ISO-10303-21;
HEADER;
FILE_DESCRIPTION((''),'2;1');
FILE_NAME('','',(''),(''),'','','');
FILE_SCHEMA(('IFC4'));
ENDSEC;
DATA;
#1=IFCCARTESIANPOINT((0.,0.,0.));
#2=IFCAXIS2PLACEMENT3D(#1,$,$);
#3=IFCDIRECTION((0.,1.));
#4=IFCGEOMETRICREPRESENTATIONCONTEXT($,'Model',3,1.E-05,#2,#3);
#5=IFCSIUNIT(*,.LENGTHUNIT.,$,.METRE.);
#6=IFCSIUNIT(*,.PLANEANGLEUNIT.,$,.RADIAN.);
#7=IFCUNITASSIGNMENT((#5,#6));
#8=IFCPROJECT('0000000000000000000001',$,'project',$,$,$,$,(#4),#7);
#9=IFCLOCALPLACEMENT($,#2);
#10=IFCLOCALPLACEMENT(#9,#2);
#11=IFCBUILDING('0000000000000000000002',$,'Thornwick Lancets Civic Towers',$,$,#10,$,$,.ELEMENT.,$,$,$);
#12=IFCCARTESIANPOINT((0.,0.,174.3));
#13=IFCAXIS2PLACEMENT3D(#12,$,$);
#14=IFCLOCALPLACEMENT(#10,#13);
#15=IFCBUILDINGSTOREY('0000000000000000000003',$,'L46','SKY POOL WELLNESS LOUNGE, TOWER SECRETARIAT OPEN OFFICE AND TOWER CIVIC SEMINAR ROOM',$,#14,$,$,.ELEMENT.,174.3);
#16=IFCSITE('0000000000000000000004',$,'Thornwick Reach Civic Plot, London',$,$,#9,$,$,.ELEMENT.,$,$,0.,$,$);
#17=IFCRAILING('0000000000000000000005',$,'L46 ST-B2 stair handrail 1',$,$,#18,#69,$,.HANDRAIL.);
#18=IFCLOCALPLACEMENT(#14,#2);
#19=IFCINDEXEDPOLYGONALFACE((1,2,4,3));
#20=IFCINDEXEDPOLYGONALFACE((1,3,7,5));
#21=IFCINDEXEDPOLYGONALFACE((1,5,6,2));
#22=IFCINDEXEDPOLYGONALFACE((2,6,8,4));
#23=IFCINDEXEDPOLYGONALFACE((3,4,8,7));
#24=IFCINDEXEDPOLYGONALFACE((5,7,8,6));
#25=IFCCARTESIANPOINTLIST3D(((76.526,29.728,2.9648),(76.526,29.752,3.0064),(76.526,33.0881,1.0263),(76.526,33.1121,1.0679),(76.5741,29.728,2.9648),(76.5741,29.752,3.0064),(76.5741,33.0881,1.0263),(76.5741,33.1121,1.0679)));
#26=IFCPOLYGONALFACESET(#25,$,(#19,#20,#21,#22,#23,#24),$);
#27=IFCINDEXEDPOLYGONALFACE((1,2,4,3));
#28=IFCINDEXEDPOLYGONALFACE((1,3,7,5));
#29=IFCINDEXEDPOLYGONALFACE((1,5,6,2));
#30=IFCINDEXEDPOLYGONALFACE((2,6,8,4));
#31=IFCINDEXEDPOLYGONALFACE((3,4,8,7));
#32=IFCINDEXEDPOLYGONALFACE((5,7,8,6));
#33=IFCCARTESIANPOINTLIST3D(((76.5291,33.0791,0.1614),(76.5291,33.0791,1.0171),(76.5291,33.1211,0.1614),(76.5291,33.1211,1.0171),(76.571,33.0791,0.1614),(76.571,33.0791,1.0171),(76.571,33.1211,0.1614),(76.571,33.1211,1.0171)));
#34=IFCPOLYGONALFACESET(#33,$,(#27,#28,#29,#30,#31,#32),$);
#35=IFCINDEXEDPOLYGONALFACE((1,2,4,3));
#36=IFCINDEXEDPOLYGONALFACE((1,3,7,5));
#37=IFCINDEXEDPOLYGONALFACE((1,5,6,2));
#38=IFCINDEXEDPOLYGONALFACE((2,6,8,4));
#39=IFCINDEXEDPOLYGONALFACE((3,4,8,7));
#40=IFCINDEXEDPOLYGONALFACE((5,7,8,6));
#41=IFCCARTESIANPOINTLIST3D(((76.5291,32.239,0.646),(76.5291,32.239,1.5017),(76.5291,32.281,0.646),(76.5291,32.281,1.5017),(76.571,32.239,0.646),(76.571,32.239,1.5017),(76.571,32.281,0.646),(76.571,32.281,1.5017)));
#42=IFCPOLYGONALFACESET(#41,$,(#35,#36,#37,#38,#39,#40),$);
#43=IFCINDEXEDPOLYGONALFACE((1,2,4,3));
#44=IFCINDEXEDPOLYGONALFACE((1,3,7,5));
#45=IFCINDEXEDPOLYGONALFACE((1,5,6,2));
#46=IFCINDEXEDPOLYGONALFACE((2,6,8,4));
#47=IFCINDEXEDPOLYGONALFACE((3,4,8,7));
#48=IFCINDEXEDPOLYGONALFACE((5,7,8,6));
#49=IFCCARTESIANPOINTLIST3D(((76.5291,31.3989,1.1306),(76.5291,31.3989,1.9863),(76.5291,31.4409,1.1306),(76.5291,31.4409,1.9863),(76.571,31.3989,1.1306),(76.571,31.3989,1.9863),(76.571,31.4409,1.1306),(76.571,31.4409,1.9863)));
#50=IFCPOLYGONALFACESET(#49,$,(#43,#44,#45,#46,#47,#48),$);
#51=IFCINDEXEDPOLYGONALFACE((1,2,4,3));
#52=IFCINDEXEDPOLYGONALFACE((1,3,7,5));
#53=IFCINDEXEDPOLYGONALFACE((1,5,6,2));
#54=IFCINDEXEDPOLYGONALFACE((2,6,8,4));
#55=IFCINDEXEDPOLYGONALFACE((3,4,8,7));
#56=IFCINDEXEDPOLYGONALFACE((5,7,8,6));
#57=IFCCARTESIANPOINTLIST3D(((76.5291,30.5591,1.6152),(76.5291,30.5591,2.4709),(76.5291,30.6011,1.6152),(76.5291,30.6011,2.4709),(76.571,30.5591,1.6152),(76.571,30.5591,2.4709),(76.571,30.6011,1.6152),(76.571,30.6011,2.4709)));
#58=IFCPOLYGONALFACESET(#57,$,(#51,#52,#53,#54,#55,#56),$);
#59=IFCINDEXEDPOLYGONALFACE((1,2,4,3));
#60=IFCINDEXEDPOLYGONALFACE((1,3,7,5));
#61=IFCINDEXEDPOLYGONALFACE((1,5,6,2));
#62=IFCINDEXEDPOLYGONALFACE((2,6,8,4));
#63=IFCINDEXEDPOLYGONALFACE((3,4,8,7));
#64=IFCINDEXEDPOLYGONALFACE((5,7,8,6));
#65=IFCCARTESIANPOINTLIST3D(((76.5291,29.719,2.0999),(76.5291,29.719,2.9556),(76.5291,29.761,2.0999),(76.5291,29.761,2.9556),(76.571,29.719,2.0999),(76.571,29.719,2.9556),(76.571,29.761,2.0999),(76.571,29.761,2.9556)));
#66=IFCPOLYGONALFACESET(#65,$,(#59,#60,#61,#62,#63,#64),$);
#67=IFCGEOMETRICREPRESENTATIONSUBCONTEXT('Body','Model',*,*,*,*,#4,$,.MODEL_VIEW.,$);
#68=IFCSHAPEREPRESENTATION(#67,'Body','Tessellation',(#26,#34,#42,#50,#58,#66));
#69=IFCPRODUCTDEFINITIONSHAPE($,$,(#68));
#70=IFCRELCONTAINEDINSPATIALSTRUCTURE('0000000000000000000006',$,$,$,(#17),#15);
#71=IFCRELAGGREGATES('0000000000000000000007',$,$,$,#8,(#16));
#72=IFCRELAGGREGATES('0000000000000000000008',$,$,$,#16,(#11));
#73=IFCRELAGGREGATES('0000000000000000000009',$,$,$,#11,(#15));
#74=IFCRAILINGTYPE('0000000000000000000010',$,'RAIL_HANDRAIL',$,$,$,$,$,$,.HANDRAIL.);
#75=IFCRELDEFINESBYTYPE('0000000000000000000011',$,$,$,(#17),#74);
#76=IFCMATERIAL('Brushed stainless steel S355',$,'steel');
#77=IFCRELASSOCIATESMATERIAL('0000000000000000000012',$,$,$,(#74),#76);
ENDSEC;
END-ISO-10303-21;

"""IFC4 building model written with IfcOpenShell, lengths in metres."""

from ifc_helpers import new_model, si_unit, direction, frame, origin, origin_2d, place, context, subcontext, project, spatial, rectangle, extrude, material, type_object, element, save


model = new_model("IFC4")

# Units and contexts
model_context = context("Model", 3, precision=1e-05, world=origin(), true_north=direction((0.0, 1.0)))
body_context = subcontext(model_context, "Body", "Model", "MODEL_VIEW")
ifc_project = project(units=[si_unit("LENGTHUNIT", "METRE"), si_unit("PLANEANGLEUNIT", "RADIAN")], contexts=[model_context])

# Site, building, storey
site_placement = place(None, origin())
site = spatial("IfcSite", under=ifc_project, at=site_placement, Name="Thornwick Reach Civic Plot, London", CompositionType="ELEMENT", RefElevation=0.0)
building_placement = place(site_placement, origin())
building = spatial("IfcBuilding", under=site, at=building_placement, Name="Thornwick Lancets Civic Towers", CompositionType="ELEMENT")
storey_placement = place(building_placement, frame((0.0, 0.0, 174.3)))
storey = spatial("IfcBuildingStorey", under=building, at=storey_placement, Name="L46", Description="SKY POOL WELLNESS LOUNGE, TOWER SECRETARIAT OPEN OFFICE AND TOWER CIVIC SEMINAR ROOM", CompositionType="ELEMENT", Elevation=174.3)

# Railing
ifc_material_1 = material(Name="Brushed stainless steel S355", Category="steel")
railing_type = type_object("IfcRailingType", Name="RAIL_HANDRAIL", PredefinedType="HANDRAIL", material=ifc_material_1)
railing_placement = place(storey_placement, frame((76.55, 33.1001, 0.1614)))
element("IfcRailing", 1, at=railing_placement, inside=storey, type_object=railing_type, Name="L46 ST-B2 stair handrail 1", PredefinedType="HANDRAIL", context=body_context, shape_type="SweptSolid", body=[
    extrude(rectangle(XDim=0.0481, YDim=0.0481, at=origin_2d()), frame((0.0, 0.0, 0.8857), z_axis=(0.0, -0.866191, 0.499713), x_axis=(1.0, 0.0, 0.0)), (0.0, 0.0, 1.0), 3.8792),
    extrude(rectangle(XDim=0.042, YDim=0.042, at=origin_2d()), origin(), (0.0, 0.0, 1.0), 0.8557),
    extrude(rectangle(XDim=0.042, YDim=0.042, at=origin_2d()), frame((0.0, -0.8401, 0.4846)), (0.0, 0.0, 1.0), 0.8557),
    extrude(rectangle(XDim=0.042, YDim=0.042, at=origin_2d()), frame((0.0, -1.6802, 0.9692)), (0.0, 0.0, 1.0), 0.8557),
    extrude(rectangle(XDim=0.042, YDim=0.042, at=origin_2d()), frame((0.0, -2.52, 1.4539)), (0.0, 0.0, 1.0), 0.8557),
    extrude(rectangle(XDim=0.042, YDim=0.042, at=origin_2d()), frame((0.0, -3.3601, 1.9385)), (0.0, 0.0, 1.0), 0.8557),
])

save(model, "model.ifc")
